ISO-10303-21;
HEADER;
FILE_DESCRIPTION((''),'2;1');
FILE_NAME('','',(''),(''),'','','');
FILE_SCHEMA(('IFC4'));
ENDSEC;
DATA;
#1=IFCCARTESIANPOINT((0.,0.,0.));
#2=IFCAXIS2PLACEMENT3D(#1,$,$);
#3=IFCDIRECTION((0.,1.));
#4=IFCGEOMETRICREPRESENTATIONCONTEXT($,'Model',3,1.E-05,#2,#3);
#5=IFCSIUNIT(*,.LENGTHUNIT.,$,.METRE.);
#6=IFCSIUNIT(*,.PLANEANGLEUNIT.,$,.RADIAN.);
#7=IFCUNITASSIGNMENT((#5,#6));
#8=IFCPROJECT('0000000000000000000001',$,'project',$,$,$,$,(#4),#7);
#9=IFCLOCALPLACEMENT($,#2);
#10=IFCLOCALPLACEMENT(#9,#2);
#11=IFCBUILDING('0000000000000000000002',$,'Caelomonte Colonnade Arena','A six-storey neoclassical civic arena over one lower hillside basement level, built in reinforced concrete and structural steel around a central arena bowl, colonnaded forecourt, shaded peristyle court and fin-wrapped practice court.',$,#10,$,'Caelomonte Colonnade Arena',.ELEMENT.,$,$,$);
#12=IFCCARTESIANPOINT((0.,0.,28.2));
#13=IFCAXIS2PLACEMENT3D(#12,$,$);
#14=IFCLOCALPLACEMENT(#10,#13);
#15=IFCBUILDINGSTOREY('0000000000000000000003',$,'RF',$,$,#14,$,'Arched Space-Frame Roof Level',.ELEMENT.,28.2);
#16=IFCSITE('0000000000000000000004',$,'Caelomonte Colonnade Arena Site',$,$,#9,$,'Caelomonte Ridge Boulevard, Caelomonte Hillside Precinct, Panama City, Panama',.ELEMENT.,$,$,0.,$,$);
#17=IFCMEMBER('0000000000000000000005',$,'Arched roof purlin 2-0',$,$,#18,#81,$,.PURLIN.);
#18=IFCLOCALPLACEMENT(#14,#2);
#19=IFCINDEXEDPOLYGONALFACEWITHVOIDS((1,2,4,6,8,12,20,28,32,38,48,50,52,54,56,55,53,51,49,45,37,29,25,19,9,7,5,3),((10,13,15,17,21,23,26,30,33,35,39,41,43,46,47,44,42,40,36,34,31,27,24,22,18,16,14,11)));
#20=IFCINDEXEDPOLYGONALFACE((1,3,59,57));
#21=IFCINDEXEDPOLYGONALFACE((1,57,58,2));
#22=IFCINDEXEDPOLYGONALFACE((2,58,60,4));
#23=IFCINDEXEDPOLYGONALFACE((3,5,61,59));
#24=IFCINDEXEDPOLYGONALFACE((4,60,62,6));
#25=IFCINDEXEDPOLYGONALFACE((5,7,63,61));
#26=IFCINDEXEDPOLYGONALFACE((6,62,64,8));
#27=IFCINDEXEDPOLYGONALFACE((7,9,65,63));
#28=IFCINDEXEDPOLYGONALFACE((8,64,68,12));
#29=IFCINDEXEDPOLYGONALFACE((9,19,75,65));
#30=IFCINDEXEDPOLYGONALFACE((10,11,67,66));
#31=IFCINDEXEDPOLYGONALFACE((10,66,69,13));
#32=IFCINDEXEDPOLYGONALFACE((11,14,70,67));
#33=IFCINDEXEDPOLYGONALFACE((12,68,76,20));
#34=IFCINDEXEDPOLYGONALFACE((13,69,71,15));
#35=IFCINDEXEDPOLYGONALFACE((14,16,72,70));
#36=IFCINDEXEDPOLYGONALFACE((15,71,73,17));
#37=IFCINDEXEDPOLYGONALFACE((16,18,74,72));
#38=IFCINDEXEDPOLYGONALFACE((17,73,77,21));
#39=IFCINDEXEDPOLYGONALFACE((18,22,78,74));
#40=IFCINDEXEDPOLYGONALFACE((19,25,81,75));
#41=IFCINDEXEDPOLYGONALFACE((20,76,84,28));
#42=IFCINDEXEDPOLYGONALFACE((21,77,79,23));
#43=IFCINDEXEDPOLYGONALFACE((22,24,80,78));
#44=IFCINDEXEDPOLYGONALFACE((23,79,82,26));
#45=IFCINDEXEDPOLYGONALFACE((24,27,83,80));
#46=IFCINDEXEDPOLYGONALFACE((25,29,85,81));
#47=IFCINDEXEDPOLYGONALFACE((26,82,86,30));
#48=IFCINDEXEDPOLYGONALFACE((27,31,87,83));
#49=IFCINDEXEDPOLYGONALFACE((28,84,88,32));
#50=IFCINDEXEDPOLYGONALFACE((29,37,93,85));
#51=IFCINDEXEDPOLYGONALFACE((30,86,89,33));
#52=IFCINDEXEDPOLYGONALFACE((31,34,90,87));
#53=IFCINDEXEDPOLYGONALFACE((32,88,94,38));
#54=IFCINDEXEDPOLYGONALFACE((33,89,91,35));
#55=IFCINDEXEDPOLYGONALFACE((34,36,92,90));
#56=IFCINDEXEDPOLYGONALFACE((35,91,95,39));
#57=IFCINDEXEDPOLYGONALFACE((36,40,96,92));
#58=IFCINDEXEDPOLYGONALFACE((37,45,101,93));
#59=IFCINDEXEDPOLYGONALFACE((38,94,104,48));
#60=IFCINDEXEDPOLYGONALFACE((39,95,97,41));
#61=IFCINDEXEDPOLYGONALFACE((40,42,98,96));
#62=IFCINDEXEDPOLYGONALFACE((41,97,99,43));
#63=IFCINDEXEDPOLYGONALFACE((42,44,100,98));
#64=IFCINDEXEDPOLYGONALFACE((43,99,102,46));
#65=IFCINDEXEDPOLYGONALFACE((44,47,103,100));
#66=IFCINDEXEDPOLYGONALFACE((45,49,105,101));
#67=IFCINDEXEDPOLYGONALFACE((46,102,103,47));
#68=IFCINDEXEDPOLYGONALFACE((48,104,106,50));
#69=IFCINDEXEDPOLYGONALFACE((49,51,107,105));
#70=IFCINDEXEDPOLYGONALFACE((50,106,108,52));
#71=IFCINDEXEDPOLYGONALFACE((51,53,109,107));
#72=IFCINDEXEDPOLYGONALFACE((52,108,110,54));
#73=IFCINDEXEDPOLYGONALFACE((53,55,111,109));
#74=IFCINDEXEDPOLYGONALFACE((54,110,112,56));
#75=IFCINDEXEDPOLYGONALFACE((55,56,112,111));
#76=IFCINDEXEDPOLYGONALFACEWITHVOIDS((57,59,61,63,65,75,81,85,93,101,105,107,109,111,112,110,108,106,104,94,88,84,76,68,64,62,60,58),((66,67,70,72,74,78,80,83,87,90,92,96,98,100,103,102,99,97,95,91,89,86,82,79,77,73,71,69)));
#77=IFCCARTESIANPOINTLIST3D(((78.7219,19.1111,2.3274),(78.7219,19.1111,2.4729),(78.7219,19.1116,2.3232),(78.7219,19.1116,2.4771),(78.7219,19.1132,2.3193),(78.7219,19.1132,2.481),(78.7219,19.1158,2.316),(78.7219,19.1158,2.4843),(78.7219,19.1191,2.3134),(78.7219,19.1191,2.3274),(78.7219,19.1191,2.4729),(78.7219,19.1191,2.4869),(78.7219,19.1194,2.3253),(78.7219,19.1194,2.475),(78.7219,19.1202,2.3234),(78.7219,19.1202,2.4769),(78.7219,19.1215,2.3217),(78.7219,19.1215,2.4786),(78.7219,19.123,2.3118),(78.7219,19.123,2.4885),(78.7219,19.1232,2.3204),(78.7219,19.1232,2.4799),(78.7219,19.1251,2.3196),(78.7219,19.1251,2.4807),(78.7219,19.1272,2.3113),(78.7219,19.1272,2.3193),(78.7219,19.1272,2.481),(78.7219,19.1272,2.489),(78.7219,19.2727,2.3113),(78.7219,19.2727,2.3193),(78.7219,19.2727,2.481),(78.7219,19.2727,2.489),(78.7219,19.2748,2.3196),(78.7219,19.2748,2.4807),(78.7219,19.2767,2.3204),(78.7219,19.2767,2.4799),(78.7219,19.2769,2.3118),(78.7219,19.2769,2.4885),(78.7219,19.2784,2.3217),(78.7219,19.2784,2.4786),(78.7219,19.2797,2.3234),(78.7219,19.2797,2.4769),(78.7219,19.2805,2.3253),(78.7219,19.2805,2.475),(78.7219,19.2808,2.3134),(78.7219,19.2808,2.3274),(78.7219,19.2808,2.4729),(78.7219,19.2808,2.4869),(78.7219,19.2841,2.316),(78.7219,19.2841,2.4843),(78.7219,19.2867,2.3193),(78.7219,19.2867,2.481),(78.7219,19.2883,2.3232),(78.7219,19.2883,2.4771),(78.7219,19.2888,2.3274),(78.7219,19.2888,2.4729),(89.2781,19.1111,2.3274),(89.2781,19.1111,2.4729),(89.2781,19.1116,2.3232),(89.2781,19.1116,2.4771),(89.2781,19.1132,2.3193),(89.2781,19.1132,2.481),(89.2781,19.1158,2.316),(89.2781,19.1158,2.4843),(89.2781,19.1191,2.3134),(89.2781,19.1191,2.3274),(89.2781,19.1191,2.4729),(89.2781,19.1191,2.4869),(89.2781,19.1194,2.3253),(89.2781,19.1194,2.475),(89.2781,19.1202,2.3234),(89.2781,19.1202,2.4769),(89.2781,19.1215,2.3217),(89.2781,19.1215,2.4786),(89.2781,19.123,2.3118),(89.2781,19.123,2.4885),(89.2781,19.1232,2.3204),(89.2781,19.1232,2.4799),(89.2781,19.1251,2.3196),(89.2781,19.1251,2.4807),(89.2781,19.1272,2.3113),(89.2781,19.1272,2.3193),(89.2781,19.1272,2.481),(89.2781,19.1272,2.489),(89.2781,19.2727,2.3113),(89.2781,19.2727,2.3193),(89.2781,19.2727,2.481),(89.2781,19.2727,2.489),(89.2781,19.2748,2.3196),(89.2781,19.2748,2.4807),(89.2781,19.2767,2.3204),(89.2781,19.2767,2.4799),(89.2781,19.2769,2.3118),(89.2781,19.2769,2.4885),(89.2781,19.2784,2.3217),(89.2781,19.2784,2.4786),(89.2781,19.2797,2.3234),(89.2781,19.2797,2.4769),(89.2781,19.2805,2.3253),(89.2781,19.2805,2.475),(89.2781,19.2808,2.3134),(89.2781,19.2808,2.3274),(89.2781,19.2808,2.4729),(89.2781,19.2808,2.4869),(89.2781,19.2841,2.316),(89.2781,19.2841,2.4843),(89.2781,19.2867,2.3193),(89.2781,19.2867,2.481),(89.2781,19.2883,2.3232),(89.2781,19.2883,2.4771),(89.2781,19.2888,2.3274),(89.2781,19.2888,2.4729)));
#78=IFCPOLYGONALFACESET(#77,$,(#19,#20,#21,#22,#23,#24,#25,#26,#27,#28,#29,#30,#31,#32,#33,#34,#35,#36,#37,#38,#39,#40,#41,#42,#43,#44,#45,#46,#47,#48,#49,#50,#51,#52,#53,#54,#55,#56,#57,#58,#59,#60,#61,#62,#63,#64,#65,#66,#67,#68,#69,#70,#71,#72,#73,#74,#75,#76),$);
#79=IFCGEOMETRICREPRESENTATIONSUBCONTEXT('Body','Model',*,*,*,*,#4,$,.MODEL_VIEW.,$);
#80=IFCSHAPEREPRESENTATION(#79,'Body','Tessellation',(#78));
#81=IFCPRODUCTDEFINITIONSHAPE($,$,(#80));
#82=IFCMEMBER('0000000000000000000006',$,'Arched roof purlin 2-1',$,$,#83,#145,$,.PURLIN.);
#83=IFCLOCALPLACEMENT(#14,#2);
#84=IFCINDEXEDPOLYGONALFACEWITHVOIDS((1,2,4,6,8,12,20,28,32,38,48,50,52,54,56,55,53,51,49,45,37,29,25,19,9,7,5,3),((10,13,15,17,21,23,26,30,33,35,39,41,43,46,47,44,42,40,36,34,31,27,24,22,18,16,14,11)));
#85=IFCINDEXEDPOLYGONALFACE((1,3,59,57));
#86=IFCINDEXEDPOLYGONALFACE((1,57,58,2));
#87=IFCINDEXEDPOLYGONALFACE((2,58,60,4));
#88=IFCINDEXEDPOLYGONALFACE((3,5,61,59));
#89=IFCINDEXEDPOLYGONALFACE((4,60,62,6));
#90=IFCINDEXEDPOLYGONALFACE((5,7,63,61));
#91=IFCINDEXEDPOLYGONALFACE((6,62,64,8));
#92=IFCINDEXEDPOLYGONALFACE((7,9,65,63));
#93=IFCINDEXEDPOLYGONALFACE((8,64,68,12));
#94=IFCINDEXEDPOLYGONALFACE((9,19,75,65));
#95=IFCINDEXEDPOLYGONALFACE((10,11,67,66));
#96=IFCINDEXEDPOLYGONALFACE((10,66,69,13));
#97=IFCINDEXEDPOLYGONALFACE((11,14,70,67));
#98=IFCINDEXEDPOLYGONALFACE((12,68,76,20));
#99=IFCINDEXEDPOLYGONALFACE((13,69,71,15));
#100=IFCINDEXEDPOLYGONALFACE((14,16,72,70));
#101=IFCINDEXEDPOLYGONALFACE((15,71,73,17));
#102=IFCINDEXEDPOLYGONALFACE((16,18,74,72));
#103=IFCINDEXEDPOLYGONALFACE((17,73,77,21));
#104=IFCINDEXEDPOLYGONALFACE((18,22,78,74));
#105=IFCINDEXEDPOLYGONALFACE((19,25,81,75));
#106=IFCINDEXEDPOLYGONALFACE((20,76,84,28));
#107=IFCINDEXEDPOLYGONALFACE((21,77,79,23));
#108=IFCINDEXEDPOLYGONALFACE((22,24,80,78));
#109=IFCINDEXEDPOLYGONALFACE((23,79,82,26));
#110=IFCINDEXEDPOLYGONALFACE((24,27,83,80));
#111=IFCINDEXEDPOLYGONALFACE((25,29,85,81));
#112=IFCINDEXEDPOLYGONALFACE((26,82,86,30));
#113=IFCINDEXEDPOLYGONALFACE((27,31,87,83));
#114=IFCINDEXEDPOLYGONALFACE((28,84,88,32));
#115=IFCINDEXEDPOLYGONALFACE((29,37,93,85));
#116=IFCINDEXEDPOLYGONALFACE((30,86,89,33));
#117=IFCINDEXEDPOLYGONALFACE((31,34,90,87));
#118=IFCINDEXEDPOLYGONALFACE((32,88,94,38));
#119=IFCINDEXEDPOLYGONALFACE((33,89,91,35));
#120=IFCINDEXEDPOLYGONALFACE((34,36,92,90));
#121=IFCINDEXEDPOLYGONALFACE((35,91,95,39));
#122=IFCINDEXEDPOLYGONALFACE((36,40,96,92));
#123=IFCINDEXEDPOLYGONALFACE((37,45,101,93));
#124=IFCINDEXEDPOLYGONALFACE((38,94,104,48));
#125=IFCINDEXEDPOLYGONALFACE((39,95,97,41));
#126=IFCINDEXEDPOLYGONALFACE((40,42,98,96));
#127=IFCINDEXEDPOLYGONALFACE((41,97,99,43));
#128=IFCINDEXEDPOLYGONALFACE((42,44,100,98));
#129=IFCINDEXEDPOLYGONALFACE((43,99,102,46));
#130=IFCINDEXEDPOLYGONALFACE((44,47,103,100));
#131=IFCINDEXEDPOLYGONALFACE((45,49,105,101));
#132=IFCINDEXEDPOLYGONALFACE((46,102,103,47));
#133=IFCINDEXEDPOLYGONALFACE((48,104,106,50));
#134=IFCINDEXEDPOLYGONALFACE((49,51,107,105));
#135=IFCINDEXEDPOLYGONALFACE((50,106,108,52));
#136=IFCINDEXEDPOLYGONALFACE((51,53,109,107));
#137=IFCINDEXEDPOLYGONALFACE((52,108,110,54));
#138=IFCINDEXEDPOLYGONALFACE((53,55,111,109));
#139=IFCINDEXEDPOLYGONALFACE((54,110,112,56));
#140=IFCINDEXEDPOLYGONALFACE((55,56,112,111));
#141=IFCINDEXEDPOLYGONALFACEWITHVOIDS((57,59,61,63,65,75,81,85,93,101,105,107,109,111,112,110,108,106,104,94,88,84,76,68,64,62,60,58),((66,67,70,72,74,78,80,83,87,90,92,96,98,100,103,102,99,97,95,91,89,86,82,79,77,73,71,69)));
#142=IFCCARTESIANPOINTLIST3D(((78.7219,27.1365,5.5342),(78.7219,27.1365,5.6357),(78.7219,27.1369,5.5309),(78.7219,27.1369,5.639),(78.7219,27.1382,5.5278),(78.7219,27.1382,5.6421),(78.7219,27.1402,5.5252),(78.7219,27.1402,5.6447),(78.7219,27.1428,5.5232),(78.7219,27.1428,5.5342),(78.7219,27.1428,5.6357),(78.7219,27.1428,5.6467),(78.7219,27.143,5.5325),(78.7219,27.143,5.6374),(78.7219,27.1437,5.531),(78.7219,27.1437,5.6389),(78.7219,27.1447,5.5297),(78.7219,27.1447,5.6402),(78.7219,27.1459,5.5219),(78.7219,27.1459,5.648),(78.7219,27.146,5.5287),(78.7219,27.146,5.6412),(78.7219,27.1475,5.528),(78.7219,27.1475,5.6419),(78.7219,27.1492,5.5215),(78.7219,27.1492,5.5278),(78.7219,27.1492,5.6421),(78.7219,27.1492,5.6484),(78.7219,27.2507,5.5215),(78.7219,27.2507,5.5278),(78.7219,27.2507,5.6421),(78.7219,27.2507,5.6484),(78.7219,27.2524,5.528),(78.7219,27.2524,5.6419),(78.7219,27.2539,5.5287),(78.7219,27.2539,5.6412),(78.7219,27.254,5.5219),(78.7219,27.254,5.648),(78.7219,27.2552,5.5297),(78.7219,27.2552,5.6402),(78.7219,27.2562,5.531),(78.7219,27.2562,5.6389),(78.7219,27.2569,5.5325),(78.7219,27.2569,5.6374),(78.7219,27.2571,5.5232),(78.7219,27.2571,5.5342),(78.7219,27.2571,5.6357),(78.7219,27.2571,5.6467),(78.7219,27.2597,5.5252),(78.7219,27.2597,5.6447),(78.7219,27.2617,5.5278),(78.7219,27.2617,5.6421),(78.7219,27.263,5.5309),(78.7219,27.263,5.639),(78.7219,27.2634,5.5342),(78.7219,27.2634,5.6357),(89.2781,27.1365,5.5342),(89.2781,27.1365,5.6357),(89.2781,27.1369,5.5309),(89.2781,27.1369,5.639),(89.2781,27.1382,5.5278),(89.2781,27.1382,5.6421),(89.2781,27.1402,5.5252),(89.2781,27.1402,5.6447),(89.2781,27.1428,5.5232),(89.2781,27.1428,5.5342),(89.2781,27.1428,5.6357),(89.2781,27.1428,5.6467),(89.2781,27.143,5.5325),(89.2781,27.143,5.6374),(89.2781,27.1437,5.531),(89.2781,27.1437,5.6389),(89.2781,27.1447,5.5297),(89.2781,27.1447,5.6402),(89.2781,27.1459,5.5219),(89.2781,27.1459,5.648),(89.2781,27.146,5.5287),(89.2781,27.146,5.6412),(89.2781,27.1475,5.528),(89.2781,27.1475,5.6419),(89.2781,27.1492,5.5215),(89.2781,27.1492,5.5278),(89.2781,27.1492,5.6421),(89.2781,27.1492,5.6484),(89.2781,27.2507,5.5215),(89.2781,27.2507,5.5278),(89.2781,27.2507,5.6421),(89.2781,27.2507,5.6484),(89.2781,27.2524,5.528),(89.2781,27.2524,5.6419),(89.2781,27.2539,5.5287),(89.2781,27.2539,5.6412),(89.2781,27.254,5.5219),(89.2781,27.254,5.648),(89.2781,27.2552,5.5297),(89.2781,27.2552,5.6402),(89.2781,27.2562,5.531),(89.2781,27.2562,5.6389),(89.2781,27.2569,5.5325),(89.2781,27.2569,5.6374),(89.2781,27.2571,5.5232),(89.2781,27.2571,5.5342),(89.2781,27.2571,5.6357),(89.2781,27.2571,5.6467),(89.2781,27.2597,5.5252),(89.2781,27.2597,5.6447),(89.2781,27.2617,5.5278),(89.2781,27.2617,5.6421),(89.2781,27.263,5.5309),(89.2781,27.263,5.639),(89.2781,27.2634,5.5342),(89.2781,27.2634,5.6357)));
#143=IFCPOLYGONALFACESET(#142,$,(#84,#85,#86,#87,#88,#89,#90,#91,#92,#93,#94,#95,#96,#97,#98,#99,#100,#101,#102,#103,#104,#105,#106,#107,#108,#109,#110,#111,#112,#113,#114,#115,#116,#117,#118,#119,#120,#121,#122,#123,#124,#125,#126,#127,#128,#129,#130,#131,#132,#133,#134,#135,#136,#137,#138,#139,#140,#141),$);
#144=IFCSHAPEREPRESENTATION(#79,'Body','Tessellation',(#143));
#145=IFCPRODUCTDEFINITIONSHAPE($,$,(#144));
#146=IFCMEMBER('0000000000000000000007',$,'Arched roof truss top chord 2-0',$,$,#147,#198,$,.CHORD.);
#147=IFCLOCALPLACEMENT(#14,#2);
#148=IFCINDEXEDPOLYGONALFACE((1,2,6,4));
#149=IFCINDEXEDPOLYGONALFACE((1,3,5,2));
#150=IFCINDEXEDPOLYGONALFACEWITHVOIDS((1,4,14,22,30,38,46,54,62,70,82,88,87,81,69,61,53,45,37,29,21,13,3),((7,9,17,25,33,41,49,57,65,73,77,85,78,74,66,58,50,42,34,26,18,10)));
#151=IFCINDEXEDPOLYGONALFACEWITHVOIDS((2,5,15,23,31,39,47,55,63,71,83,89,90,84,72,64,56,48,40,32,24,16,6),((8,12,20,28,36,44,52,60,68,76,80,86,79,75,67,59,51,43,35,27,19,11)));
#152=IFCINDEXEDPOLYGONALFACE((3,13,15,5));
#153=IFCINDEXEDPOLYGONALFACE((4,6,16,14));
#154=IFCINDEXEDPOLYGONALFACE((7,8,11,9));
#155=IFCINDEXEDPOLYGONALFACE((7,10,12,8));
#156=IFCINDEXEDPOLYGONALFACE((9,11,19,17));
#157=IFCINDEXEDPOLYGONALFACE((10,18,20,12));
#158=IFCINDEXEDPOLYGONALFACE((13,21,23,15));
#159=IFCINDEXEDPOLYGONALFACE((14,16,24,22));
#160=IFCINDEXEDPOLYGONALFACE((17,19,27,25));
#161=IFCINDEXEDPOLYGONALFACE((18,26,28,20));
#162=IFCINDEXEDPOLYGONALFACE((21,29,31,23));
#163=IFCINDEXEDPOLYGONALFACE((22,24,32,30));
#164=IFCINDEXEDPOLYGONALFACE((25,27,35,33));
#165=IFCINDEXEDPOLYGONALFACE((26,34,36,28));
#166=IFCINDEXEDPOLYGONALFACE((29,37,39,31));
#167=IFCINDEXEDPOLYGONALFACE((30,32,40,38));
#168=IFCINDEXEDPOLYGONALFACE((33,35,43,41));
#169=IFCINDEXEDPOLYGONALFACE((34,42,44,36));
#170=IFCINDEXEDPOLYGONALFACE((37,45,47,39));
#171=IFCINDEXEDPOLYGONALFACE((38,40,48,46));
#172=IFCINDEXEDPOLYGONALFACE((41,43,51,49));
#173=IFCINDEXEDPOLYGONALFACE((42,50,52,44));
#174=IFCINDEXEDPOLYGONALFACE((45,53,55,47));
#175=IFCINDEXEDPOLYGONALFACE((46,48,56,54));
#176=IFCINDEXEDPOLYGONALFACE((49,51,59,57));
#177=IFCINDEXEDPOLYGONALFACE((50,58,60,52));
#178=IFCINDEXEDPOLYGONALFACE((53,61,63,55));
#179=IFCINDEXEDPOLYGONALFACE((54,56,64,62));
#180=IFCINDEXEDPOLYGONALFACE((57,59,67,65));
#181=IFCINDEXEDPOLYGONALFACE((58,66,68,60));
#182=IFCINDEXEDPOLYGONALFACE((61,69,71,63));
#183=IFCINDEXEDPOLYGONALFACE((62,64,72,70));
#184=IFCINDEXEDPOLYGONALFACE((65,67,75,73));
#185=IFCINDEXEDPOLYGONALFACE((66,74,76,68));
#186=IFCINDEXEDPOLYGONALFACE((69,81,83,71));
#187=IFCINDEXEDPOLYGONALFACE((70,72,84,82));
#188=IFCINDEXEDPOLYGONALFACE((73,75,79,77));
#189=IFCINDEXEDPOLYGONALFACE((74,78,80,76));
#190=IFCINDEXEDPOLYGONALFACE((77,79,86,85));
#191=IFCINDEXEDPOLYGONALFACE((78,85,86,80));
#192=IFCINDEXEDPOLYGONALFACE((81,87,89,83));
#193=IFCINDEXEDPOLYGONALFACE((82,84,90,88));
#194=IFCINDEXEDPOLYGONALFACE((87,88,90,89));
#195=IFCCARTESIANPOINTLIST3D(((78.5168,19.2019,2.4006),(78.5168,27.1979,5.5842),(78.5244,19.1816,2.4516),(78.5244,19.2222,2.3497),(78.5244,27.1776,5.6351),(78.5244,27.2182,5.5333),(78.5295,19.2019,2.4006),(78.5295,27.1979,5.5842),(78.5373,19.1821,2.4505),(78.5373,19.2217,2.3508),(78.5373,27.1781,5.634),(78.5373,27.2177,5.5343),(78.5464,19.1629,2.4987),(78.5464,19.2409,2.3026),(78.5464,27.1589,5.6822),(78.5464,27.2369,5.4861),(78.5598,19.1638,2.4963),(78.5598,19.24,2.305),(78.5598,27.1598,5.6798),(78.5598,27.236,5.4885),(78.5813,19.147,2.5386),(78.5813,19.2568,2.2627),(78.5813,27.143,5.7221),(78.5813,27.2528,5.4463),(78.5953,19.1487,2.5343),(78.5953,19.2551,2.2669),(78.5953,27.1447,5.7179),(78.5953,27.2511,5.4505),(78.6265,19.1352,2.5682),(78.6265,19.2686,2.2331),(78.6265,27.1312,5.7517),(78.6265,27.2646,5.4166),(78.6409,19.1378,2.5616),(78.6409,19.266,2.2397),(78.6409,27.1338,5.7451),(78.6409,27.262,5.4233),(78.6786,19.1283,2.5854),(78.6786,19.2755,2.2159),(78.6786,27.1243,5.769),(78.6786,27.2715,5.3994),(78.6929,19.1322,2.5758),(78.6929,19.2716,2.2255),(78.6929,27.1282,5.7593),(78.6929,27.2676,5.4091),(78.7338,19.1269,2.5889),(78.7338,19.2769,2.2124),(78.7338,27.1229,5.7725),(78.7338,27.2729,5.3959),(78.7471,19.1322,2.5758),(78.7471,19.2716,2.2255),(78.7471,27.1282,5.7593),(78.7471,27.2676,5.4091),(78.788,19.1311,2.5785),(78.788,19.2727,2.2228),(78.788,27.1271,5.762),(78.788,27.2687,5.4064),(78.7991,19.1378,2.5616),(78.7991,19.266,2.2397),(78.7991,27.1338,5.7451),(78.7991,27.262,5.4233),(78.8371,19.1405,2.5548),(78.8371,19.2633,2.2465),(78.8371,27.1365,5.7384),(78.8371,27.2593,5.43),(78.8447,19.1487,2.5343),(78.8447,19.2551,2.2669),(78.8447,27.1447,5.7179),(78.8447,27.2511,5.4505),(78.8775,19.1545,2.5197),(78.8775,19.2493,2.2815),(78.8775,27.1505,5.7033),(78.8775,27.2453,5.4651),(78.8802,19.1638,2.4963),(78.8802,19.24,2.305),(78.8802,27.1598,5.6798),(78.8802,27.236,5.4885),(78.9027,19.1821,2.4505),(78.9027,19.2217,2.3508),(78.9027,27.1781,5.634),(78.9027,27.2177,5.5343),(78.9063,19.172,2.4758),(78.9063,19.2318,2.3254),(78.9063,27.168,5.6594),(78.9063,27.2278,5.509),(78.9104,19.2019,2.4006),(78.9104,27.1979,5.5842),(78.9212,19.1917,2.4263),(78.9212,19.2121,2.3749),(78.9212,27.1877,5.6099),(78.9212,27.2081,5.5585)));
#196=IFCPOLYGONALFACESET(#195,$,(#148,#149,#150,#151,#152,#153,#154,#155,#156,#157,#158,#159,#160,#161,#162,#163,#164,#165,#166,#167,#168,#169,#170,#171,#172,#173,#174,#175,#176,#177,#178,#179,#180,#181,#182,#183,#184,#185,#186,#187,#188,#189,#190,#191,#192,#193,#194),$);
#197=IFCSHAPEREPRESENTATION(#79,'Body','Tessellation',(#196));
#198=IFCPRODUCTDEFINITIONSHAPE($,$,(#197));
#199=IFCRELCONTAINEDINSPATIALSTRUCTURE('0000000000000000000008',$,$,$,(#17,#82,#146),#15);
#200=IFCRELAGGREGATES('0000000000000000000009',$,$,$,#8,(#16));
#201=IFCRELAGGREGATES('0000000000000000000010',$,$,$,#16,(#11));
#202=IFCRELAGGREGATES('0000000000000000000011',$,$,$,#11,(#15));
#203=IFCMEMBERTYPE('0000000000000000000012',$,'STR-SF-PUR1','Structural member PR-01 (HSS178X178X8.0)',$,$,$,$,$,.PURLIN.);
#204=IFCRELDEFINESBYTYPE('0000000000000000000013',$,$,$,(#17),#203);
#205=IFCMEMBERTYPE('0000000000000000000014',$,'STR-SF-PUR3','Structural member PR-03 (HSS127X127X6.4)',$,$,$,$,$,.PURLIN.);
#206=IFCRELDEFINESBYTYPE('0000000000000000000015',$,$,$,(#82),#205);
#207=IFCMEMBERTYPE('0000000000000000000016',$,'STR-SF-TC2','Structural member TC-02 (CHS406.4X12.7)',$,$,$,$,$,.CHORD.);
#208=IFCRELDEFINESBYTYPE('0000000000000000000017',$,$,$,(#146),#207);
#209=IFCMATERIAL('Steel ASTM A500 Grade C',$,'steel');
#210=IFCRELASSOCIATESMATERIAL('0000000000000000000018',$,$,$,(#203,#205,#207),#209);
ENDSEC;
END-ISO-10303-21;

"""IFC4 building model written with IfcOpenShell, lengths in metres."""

from ifc_helpers import new_model, si_unit, direction, frame, origin, origin_2d, place, context, subcontext, project, spatial, hollow_rectangle, hollow_circle, extrude, material, material_profile, profile_set, type_object, element, save


model = new_model("IFC4")

# Units and contexts
model_context = context("Model", 3, precision=1e-05, world=origin(), true_north=direction((0.0, 1.0)))
body_context = subcontext(model_context, "Body", "Model", "MODEL_VIEW")
ifc_project = project(units=[si_unit("LENGTHUNIT", "METRE"), si_unit("PLANEANGLEUNIT", "RADIAN")], contexts=[model_context])

# Site, building, storey
site_placement = place(None, origin())
site = spatial("IfcSite", under=ifc_project, at=site_placement, Name="Caelomonte Colonnade Arena Site", LongName="Caelomonte Ridge Boulevard, Caelomonte Hillside Precinct, Panama City, Panama", CompositionType="ELEMENT", RefElevation=0.0)
building_placement = place(site_placement, origin())
building = spatial("IfcBuilding", under=site, at=building_placement, Name="Caelomonte Colonnade Arena", Description="A six-storey neoclassical civic arena over one lower hillside basement level, built in reinforced concrete and structural steel around a central arena bowl, colonnaded forecourt, shaded peristyle court and fin-wrapped practice court.", LongName="Caelomonte Colonnade Arena", CompositionType="ELEMENT")
storey_placement = place(building_placement, frame((0.0, 0.0, 28.2)))
storey = spatial("IfcBuildingStorey", under=building, at=storey_placement, Name="RF", LongName="Arched Space-Frame Roof Level", CompositionType="ELEMENT", Elevation=28.2)

# Members
ifc_material_1 = material(Name="Steel ASTM A500 Grade C", Category="steel")
ifc_material_profile_1 = material_profile(ifc_material_1, hollow_rectangle(XDim=0.1777, YDim=0.1777, WallThickness=0.0081, InnerFilletRadius=0.0081, OuterFilletRadius=0.0161, at=origin_2d()), Name="HSS178X178X8.0")
ifc_profile_set_1 = profile_set([ifc_material_profile_1], Name="Steel ASTM A500 Grade C")
member_type_1 = type_object("IfcMemberType", Name="STR-SF-PUR1", Description="Structural member PR-01 (HSS178X178X8.0)", PredefinedType="PURLIN", material=ifc_profile_set_1)
member_1_placement = place(storey_placement, frame((78.7219, 19.2, 2.4001), z_axis=(1.0, 0.0, 0.0), x_axis=(0.0, 1.0, 0.0)))
element("IfcMember", 1, at=member_1_placement, inside=storey, type_object=member_type_1, Name="Arched roof purlin 2-0", PredefinedType="PURLIN", context=body_context, shape_type="SweptSolid", body=[
    extrude(hollow_rectangle(XDim=0.1777, YDim=0.1777, WallThickness=0.0081, InnerFilletRadius=0.0081, OuterFilletRadius=0.0161, at=origin_2d()), origin(), (0.0, 0.0, 1.0), 10.5562),
])
ifc_material_profile_2 = material_profile(ifc_material_1, hollow_rectangle(XDim=0.127, YDim=0.127, WallThickness=0.0063, InnerFilletRadius=0.0063, OuterFilletRadius=0.0127, at=origin_2d()), Name="HSS127X127X6.4")
ifc_profile_set_2 = profile_set([ifc_material_profile_2], Name="Steel ASTM A500 Grade C")
member_type_2 = type_object("IfcMemberType", Name="STR-SF-PUR3", Description="Structural member PR-03 (HSS127X127X6.4)", PredefinedType="PURLIN", material=ifc_profile_set_2)
member_2_placement = place(storey_placement, frame((78.7219, 27.2, 5.585), z_axis=(1.0, 0.0, 0.0), x_axis=(0.0, 1.0, 0.0)))
element("IfcMember", 2, at=member_2_placement, inside=storey, type_object=member_type_2, Name="Arched roof purlin 2-1", PredefinedType="PURLIN", context=body_context, shape_type="SweptSolid", body=[
    extrude(hollow_rectangle(XDim=0.127, YDim=0.127, WallThickness=0.0063, InnerFilletRadius=0.0063, OuterFilletRadius=0.0127, at=origin_2d()), origin(), (0.0, 0.0, 1.0), 10.5562),
])
ifc_material_profile_3 = material_profile(ifc_material_1, hollow_circle(Radius=0.2031, WallThickness=0.0127, at=origin_2d()), Name="CHS406.4X12.7")
ifc_profile_set_3 = profile_set([ifc_material_profile_3], Name="Steel ASTM A500 Grade C")
member_type_3 = type_object("IfcMemberType", Name="STR-SF-TC2", Description="Structural member TC-02 (CHS406.4X12.7)", PredefinedType="CHORD", material=ifc_profile_set_3)
member_3_placement = place(storey_placement, frame((78.72, 19.2019, 2.4006), z_axis=(0.0, 0.92907, 0.369903), x_axis=(-1.0, 0.0, 0.0)))
element("IfcMember", 3, at=member_3_placement, inside=storey, type_object=member_type_3, Name="Arched roof truss top chord 2-0", PredefinedType="CHORD", context=body_context, shape_type="SweptSolid", body=[
    extrude(hollow_circle(Radius=0.2031, WallThickness=0.0127, at=origin_2d()), origin(), (0.0, 0.0, 1.0), 8.6064),
])

save(model, "model.ifc")
